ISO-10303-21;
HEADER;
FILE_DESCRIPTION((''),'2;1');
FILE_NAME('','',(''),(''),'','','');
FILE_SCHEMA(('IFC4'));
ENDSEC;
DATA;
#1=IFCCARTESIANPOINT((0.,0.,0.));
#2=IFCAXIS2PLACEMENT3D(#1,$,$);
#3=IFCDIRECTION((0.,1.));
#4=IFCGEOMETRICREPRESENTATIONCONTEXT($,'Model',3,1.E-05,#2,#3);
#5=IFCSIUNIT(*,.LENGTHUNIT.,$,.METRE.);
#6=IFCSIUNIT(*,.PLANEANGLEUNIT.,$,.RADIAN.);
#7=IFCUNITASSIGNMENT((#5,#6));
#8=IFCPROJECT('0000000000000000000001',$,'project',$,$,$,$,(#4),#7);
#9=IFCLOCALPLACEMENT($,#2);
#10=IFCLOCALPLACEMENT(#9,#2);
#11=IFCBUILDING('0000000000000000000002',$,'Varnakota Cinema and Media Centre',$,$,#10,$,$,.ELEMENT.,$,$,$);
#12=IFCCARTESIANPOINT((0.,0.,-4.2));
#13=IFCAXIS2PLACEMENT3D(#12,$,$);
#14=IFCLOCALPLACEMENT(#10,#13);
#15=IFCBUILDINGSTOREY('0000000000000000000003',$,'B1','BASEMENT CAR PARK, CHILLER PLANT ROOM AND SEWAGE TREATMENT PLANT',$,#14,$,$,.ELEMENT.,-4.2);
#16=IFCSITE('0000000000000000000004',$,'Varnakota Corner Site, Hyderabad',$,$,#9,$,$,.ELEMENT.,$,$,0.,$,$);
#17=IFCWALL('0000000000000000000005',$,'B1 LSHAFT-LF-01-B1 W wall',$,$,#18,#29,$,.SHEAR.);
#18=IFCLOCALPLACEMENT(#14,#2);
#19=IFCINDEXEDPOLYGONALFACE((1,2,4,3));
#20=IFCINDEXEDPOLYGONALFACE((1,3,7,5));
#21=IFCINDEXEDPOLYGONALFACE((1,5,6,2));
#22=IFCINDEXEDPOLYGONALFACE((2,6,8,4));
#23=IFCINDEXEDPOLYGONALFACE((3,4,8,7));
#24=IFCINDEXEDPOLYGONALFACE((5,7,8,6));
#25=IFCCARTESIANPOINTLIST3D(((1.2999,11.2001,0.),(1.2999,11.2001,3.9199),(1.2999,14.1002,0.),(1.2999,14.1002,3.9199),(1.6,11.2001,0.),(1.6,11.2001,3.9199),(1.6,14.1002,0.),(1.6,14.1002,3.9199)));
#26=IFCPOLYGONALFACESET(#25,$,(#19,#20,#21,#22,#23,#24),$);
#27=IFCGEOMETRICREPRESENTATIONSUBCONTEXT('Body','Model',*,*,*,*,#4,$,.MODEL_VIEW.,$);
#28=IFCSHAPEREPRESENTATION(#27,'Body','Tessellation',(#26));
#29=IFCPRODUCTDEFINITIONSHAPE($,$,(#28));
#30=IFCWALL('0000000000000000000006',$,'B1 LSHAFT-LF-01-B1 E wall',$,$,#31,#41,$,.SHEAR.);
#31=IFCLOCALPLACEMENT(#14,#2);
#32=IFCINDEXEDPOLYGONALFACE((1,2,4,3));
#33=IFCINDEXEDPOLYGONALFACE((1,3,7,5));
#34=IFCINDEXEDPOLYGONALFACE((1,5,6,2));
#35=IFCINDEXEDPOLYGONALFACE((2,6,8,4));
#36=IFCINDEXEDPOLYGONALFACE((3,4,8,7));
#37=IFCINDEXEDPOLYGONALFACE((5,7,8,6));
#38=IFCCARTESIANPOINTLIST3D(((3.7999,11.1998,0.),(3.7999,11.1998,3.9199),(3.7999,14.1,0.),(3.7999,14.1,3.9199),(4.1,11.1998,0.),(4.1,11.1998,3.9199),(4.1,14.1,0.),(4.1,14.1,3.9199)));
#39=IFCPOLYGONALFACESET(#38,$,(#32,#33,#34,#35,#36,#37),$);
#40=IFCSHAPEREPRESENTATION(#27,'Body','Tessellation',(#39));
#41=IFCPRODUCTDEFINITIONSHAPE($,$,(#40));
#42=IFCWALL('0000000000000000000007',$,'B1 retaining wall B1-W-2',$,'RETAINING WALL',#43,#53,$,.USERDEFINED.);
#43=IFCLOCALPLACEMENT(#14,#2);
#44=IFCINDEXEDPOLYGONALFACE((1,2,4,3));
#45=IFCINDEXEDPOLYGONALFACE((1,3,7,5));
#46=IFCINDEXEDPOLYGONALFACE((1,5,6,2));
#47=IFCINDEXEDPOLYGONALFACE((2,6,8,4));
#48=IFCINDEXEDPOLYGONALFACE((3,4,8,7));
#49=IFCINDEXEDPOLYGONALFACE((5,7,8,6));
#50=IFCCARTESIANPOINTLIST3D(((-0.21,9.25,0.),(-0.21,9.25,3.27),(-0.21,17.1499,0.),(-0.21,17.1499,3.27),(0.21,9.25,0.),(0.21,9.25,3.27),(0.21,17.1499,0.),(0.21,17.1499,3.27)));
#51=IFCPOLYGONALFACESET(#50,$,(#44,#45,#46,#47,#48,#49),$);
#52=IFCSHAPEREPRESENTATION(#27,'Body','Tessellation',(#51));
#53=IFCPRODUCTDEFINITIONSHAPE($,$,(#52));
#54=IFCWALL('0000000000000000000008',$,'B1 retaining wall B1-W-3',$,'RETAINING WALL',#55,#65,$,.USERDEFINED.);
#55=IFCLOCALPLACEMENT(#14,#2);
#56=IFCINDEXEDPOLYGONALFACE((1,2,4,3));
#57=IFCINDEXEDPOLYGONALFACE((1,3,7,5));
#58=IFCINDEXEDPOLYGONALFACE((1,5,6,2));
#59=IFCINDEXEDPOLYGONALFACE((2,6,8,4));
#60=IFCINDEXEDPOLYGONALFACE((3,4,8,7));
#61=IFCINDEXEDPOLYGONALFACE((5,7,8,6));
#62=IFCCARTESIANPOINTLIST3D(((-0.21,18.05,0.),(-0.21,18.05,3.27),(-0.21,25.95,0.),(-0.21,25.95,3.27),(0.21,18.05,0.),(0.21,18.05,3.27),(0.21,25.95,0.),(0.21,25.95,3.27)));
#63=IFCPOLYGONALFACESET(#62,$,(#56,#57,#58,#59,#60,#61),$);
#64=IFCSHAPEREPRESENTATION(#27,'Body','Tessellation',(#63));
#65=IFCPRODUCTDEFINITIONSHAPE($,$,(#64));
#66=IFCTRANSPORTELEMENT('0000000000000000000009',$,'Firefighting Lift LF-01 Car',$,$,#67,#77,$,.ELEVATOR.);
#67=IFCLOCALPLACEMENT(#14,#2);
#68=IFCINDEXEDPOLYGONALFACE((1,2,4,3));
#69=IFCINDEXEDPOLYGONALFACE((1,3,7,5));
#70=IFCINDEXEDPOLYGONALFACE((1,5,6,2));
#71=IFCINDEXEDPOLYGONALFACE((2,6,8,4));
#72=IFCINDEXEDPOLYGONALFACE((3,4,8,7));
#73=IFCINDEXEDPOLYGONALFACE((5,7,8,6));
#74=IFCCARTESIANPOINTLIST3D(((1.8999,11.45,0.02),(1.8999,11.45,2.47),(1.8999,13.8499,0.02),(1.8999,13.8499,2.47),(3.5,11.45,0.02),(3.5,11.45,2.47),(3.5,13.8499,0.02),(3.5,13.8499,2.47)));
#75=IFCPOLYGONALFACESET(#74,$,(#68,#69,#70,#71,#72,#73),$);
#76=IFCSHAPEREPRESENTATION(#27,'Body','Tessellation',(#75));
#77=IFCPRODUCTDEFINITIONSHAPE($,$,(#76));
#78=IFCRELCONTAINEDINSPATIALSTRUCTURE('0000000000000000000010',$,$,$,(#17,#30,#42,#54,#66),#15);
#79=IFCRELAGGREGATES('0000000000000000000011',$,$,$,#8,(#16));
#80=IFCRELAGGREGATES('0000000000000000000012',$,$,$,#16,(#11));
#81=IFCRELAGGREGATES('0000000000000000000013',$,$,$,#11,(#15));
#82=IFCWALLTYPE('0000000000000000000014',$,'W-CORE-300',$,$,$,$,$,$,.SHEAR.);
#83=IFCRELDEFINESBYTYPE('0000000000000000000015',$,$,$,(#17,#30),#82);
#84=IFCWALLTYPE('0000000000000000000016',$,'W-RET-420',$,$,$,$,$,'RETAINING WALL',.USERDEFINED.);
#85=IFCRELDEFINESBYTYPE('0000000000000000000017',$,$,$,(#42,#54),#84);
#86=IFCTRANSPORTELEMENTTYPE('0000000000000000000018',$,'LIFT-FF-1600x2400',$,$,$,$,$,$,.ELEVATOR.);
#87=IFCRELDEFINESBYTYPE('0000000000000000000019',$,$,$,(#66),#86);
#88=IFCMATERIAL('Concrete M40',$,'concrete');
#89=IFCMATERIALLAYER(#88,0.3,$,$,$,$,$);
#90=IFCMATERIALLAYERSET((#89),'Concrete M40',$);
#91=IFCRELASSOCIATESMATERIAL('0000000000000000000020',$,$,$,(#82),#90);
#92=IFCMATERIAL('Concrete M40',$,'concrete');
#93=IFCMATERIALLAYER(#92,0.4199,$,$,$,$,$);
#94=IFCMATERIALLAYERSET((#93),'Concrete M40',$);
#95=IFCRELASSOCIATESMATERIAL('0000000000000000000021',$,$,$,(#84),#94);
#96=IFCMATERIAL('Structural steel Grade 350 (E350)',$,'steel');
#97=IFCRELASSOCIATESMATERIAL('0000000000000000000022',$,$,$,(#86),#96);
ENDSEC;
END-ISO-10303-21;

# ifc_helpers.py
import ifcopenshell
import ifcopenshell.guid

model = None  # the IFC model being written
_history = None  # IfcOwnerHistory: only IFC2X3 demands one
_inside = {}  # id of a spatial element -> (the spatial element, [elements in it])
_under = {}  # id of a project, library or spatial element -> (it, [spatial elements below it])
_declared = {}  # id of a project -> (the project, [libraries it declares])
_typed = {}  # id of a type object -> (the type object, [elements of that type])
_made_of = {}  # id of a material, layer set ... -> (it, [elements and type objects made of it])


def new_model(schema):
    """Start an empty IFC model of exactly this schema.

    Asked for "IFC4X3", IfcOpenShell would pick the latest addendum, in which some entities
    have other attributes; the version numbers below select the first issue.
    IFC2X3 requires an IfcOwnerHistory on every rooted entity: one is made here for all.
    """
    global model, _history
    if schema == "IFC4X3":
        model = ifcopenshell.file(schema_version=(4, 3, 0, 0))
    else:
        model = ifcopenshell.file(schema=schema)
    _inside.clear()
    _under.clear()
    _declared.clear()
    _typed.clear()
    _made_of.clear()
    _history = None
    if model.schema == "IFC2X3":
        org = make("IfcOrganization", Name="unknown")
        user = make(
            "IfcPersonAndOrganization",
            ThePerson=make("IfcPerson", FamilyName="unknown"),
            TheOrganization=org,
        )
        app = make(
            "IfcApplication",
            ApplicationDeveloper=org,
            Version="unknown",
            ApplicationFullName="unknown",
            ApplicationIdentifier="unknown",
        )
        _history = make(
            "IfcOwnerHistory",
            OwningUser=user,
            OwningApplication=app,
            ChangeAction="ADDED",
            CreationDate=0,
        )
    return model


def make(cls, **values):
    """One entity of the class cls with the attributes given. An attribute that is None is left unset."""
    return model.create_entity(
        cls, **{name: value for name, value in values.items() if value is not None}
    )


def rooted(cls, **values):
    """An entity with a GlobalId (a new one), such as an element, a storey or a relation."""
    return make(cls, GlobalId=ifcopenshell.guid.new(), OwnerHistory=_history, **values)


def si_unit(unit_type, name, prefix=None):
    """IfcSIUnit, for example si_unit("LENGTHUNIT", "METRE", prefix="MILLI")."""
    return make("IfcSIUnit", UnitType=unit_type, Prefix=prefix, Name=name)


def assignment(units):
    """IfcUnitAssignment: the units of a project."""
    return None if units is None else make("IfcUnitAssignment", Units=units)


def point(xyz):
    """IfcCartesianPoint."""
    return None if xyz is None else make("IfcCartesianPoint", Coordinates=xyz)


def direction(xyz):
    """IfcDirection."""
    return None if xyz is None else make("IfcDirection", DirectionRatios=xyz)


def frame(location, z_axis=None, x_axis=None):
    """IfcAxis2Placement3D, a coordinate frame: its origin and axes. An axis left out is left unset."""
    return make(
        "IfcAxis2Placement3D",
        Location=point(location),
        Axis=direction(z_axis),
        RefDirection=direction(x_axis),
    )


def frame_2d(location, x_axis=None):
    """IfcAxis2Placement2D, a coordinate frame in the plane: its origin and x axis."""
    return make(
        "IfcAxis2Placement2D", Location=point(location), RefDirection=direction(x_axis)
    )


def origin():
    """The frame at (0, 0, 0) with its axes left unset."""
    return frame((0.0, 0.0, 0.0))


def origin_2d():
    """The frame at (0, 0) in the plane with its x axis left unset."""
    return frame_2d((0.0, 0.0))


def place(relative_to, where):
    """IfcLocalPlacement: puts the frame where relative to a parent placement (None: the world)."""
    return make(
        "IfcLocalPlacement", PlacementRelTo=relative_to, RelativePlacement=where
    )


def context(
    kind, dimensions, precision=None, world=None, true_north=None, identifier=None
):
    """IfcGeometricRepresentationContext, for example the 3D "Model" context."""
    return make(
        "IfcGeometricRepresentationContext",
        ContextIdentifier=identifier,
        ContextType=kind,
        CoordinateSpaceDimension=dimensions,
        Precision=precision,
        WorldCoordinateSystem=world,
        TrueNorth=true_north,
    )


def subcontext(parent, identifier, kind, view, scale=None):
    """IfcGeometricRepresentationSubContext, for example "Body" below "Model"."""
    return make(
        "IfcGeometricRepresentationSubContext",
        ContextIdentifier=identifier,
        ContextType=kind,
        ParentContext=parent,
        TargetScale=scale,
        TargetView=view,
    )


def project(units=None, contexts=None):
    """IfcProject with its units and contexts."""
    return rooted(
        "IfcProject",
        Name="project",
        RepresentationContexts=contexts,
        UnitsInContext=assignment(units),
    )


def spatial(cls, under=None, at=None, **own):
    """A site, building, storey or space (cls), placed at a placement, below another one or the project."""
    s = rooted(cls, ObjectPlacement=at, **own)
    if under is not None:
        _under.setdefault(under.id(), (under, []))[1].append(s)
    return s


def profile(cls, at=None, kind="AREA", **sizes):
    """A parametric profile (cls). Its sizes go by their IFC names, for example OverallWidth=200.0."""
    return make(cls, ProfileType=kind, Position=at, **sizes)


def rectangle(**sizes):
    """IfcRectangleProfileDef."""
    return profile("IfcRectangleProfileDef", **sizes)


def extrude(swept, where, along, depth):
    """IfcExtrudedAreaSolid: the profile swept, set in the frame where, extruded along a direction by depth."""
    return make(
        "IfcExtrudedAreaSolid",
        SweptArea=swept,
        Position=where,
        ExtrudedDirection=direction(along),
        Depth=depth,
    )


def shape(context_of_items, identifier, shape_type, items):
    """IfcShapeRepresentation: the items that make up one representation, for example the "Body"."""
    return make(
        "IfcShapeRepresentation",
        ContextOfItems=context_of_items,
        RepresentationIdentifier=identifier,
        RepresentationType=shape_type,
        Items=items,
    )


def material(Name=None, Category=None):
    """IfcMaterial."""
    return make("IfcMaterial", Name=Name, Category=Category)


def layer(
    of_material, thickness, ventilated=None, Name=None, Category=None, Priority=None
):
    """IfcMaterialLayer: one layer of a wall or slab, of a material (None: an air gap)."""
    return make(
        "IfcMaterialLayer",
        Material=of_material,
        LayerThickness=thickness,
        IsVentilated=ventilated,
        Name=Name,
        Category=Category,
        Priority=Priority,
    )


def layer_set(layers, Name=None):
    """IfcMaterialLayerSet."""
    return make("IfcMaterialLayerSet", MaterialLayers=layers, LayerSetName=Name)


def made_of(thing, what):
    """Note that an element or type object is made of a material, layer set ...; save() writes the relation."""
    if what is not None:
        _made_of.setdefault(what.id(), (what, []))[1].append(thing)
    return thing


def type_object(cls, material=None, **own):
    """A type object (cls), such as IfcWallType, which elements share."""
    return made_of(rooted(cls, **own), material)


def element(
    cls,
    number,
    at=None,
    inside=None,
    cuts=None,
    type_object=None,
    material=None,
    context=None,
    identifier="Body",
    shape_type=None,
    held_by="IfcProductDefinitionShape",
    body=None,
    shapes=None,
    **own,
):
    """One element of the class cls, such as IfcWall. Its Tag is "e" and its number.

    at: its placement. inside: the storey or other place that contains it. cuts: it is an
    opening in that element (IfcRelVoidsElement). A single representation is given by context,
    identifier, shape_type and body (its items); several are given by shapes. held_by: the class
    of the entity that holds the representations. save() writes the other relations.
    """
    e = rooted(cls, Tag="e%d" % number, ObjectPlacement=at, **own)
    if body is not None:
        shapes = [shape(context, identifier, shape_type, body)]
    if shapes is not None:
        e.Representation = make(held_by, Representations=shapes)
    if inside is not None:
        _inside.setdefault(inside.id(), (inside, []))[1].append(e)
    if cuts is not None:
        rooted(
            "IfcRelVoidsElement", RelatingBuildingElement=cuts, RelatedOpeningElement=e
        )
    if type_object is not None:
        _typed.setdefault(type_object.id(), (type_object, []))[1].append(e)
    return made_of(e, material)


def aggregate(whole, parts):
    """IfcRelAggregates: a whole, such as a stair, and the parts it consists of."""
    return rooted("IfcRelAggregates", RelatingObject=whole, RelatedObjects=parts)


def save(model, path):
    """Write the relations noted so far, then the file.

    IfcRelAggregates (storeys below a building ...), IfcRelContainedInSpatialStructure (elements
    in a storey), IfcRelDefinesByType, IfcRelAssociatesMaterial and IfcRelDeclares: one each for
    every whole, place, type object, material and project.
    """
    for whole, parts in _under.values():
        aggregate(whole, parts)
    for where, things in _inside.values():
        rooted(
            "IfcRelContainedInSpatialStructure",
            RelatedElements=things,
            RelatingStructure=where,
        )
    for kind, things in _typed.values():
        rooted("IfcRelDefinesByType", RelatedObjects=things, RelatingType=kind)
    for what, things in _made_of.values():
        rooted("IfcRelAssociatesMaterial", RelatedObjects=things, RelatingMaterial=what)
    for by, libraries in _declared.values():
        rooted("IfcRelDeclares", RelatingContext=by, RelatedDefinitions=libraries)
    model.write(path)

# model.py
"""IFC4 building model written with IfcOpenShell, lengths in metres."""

from ifc_helpers import new_model, si_unit, direction, frame, frame_2d, origin, origin_2d, place, context, subcontext, project, spatial, rectangle, extrude, material, layer, layer_set, type_object, element, save


model = new_model("IFC4")

# Units and contexts
model_context = context("Model", 3, precision=1e-05, world=origin(), true_north=direction((0.0, 1.0)))
body_context = subcontext(model_context, "Body", "Model", "MODEL_VIEW")
ifc_project = project(units=[si_unit("LENGTHUNIT", "METRE"), si_unit("PLANEANGLEUNIT", "RADIAN")], contexts=[model_context])

# Site, building, storey
site_placement = place(None, origin())
site = spatial("IfcSite", under=ifc_project, at=site_placement, Name="Varnakota Corner Site, Hyderabad", CompositionType="ELEMENT", RefElevation=0.0)
building_placement = place(site_placement, origin())
building = spatial("IfcBuilding", under=site, at=building_placement, Name="Varnakota Cinema and Media Centre", CompositionType="ELEMENT")
storey_placement = place(building_placement, frame((0.0, 0.0, -4.2)))
storey = spatial("IfcBuildingStorey", under=building, at=storey_placement, Name="B1", Description="BASEMENT CAR PARK, CHILLER PLANT ROOM AND SEWAGE TREATMENT PLANT", CompositionType="ELEMENT", Elevation=-4.2)

# Wall
ifc_material_1 = material(Name="Concrete M40", Category="concrete")
ifc_layer_1 = layer(ifc_material_1, 0.3)
ifc_layer_set_1 = layer_set([ifc_layer_1], Name="Concrete M40")
wall_type_1 = type_object("IfcWallType", Name="W-CORE-300", PredefinedType="SHEAR", material=ifc_layer_set_1)
wall_1_placement = place(storey_placement, frame((1.45, 11.2, 0.0), z_axis=(0.0, 0.0, 1.0), x_axis=(0.0, 1.0, 0.0)))
element("IfcWall", 1, at=wall_1_placement, inside=storey, type_object=wall_type_1, Name="B1 LSHAFT-LF-01-B1 W wall", PredefinedType="SHEAR", context=body_context, shape_type="SweptSolid", body=[
    extrude(rectangle(XDim=2.9001, YDim=0.3, at=frame_2d((1.4502, 0.0))), origin(), (0.0, 0.0, 1.0), 3.9199),
])

# Walls
wall_2_placement = place(storey_placement, frame((3.95, 14.1001, 0.0), z_axis=(0.0, 0.0, 1.0), x_axis=(0.0, -1.0, 0.0)))
element("IfcWall", 2, at=wall_2_placement, inside=storey, type_object=wall_type_1, Name="B1 LSHAFT-LF-01-B1 E wall", PredefinedType="SHEAR", context=body_context, shape_type="SweptSolid", body=[
    extrude(rectangle(XDim=2.9001, YDim=0.3, at=frame_2d((1.4502, 0.0))), origin(), (0.0, 0.0, 1.0), 3.9199),
])
ifc_material_2 = material(Name="Concrete M40", Category="concrete")
ifc_layer_2 = layer(ifc_material_2, 0.4199)
ifc_layer_set_2 = layer_set([ifc_layer_2], Name="Concrete M40")
wall_type_2 = type_object("IfcWallType", Name="W-RET-420", ElementType="RETAINING WALL", PredefinedType="USERDEFINED", material=ifc_layer_set_2)
for number, where, z_axis, x_axis, name in (
    (3, (0.0, 9.25, 0.0), (0.0, 0.0, 1.0), (0.0, 1.0, 0.0), "B1 retaining wall B1-W-2"),
    (4, (0.0, 18.05, 0.0), (0.0, 0.0, 1.0), (0.0, 1.0, 0.0), "B1 retaining wall B1-W-3"),
):
    element("IfcWall", number, at=place(storey_placement, frame(where, z_axis=z_axis, x_axis=x_axis)), inside=storey, type_object=wall_type_2, Name=name, ObjectType="RETAINING WALL", PredefinedType="USERDEFINED", context=body_context, shape_type="SweptSolid", body=[
        extrude(rectangle(XDim=7.8999, YDim=0.4199, at=frame_2d((3.95, 0.0))), origin(), (0.0, 0.0, 1.0), 3.27),
    ])

# Transport element
ifc_material_3 = material(Name="Structural steel Grade 350 (E350)", Category="steel")
transport_element_type = type_object("IfcTransportElementType", Name="LIFT-FF-1600x2400", PredefinedType="ELEVATOR", material=ifc_material_3)
transport_element_placement = place(storey_placement, frame((2.7, 12.6499, 0.02), z_axis=(0.0, 0.0, 1.0), x_axis=(1.0, 0.0, 0.0)))
element("IfcTransportElement", 5, at=transport_element_placement, inside=storey, type_object=transport_element_type, Name="Firefighting Lift LF-01 Car", PredefinedType="ELEVATOR", context=body_context, shape_type="SweptSolid", body=[
    extrude(rectangle(XDim=1.6001, YDim=2.3999, at=origin_2d()), origin(), (0.0, 0.0, 1.0), 2.45),
])

save(model, "model.ifc")
